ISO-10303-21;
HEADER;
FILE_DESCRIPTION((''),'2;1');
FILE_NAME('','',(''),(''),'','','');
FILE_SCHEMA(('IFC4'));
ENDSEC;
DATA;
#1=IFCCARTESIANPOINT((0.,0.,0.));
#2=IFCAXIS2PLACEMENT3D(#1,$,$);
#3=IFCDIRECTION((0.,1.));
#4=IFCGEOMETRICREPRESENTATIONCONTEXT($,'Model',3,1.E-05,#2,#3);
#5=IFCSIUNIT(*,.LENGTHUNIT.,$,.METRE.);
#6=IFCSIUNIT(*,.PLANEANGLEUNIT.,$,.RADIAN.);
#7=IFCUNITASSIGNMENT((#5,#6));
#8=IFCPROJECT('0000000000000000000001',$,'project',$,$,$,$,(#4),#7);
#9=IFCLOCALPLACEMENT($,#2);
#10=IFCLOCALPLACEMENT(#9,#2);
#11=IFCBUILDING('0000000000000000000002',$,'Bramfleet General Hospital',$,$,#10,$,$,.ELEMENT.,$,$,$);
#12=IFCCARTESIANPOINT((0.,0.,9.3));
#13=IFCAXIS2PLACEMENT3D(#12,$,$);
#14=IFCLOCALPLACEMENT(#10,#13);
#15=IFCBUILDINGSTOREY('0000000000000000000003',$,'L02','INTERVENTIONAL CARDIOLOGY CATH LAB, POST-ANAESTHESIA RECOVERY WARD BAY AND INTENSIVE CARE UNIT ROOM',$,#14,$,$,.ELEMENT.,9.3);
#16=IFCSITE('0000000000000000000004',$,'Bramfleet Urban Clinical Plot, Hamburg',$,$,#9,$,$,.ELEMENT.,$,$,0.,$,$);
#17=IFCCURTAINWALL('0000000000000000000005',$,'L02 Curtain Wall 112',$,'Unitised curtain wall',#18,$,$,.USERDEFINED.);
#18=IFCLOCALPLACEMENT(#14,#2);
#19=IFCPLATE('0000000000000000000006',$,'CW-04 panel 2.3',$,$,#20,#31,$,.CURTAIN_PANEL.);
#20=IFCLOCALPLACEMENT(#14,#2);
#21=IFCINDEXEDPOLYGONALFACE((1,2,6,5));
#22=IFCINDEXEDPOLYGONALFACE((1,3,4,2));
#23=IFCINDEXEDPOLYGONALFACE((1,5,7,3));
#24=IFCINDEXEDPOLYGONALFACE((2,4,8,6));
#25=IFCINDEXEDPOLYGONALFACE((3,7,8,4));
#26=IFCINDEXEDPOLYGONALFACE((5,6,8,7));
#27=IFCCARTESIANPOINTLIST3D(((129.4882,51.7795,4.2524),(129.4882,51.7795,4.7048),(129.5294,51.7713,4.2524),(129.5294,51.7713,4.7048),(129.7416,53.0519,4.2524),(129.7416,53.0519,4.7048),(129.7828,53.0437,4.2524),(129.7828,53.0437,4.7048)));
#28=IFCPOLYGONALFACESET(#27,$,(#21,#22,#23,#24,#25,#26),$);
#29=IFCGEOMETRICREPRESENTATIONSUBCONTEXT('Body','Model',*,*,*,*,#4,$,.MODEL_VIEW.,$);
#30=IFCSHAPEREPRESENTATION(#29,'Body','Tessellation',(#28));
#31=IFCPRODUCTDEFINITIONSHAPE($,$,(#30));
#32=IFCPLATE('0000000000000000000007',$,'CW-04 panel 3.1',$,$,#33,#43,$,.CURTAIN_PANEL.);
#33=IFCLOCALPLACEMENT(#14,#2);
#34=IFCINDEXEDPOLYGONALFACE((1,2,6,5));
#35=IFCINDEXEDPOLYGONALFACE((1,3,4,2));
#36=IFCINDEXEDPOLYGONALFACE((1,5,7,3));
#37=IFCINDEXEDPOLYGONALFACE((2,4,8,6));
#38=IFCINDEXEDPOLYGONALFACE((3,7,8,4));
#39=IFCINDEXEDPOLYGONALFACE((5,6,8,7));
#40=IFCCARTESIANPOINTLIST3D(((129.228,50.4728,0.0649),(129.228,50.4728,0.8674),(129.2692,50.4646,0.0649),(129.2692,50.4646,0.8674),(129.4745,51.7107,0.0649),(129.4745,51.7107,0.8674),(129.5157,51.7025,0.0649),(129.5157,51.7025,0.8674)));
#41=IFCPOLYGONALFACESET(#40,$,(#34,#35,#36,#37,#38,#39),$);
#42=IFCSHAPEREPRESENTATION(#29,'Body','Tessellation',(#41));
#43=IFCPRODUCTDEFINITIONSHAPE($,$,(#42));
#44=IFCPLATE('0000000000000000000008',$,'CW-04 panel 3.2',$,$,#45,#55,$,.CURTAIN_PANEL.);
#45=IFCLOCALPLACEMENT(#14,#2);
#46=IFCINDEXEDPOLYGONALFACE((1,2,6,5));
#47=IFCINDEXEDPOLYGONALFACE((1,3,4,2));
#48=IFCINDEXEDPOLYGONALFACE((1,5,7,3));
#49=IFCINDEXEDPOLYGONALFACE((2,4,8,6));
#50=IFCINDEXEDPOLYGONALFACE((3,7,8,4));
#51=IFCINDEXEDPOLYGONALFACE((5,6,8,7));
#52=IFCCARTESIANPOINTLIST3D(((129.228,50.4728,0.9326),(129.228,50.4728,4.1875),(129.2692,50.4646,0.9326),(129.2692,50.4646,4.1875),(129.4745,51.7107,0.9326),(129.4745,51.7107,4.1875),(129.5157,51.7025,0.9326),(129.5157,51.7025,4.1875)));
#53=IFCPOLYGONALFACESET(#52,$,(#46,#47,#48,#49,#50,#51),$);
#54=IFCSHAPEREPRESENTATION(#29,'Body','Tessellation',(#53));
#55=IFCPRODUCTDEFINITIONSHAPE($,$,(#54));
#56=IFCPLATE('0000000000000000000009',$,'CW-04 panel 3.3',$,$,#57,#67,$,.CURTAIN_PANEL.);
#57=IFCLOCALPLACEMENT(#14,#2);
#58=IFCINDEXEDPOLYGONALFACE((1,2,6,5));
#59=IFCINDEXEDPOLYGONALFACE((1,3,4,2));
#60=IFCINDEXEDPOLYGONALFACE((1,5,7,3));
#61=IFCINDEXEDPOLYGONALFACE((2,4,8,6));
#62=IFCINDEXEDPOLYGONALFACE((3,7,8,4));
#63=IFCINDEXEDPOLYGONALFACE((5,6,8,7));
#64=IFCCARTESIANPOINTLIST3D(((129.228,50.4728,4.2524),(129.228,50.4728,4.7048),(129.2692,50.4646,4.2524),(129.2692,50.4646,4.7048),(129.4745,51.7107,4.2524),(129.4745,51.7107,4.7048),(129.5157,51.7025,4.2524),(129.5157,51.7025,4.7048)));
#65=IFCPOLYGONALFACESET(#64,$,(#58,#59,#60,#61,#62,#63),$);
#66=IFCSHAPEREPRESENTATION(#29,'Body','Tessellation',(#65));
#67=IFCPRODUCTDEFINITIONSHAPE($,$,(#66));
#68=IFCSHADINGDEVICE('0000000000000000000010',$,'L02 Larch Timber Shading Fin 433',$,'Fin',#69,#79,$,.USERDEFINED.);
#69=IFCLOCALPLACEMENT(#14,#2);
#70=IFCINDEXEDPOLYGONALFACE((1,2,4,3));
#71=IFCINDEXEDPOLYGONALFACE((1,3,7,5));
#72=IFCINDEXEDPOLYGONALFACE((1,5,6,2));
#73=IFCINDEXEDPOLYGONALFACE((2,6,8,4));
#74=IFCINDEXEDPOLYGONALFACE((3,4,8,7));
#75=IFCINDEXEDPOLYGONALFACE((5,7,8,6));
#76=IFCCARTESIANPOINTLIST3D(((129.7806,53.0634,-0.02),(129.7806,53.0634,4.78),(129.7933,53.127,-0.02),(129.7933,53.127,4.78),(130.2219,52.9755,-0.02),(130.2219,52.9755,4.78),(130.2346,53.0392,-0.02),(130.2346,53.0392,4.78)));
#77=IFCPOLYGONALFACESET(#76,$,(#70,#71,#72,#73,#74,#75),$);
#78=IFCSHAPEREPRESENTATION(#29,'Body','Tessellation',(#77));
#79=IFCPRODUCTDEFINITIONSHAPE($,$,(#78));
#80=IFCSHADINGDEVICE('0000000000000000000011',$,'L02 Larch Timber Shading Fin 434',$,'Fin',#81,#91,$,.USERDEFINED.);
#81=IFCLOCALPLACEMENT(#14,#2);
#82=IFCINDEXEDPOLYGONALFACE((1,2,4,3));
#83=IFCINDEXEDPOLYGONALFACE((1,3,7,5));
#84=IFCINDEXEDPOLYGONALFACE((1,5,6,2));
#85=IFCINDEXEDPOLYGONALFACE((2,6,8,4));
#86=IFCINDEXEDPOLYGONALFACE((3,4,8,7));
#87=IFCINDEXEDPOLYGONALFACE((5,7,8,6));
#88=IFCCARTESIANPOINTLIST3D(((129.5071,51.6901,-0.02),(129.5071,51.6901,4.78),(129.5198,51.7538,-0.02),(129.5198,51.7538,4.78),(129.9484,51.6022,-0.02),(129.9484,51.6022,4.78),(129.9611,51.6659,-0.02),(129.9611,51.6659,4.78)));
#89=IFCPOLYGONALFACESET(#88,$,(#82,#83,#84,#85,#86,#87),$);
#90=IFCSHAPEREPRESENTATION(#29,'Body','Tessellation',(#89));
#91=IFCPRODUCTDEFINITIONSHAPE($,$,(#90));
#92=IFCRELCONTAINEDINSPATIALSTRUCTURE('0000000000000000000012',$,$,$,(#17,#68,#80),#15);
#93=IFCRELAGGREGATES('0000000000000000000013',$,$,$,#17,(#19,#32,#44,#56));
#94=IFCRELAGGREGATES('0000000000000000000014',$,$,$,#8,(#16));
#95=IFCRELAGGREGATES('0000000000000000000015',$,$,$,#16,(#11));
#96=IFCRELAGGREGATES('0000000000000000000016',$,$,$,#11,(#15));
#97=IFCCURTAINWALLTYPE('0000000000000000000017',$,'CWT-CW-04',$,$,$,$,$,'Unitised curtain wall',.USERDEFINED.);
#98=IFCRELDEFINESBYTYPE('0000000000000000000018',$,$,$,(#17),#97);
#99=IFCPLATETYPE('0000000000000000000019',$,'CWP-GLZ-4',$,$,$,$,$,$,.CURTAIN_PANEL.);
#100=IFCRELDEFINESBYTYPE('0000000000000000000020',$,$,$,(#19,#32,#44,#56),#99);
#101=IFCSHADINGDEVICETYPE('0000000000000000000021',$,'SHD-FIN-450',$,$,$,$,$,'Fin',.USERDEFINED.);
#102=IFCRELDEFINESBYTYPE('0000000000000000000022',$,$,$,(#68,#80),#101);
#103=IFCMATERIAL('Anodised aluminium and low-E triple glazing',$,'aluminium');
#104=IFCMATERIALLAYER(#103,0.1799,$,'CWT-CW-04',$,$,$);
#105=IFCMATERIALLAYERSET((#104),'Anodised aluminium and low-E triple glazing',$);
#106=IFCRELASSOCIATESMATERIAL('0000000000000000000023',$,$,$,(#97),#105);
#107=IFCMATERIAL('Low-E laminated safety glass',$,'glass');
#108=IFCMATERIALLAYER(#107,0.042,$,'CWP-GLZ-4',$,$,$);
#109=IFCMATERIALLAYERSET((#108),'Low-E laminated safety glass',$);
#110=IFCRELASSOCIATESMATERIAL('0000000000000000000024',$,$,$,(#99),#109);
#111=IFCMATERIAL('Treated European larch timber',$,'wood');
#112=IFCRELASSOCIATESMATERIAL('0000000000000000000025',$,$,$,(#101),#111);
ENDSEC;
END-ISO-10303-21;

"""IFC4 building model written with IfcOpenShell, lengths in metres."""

from ifc_helpers import new_model, si_unit, direction, frame, origin, origin_2d, place, context, subcontext, project, spatial, rectangle, extrude, material, layer, layer_set, material_profile, profile_set, type_object, element, aggregate, save


model = new_model("IFC4")

# Units and contexts
model_context = context("Model", 3, precision=1e-05, world=origin(), true_north=direction((0.0, 1.0)))
body_context = subcontext(model_context, "Body", "Model", "MODEL_VIEW")
ifc_project = project(units=[si_unit("LENGTHUNIT", "METRE"), si_unit("PLANEANGLEUNIT", "RADIAN")], contexts=[model_context])

# Site, building, storey
site_placement = place(None, origin())
site = spatial("IfcSite", under=ifc_project, at=site_placement, Name="Bramfleet Urban Clinical Plot, Hamburg", CompositionType="ELEMENT", RefElevation=0.0)
building_placement = place(site_placement, origin())
building = spatial("IfcBuilding", under=site, at=building_placement, Name="Bramfleet General Hospital", CompositionType="ELEMENT")
storey_placement = place(building_placement, frame((0.0, 0.0, 9.3)))
storey = spatial("IfcBuildingStorey", under=building, at=storey_placement, Name="L02", Description="INTERVENTIONAL CARDIOLOGY CATH LAB, POST-ANAESTHESIA RECOVERY WARD BAY AND INTENSIVE CARE UNIT ROOM", CompositionType="ELEMENT", Elevation=9.3)

# Shared definitions
ifc_material_1 = material(Name="Anodised aluminium and low-E triple glazing", Category="aluminium")

# Curtain wall
ifc_layer_1 = layer(ifc_material_1, 0.1799, Name="CWT-CW-04")
ifc_layer_set_1 = layer_set([ifc_layer_1], Name="Anodised aluminium and low-E triple glazing")
curtain_wall_type_1 = type_object("IfcCurtainWallType", Name="CWT-CW-04", ElementType="Unitised curtain wall", PredefinedType="USERDEFINED", material=ifc_layer_set_1)
curtain_wall_1_placement = place(storey_placement, origin())
curtain_wall_1 = element("IfcCurtainWall", 1, at=curtain_wall_1_placement, inside=storey, type_object=curtain_wall_type_1, Name="L02 Curtain Wall 112", ObjectType="Unitised curtain wall", PredefinedType="USERDEFINED")

# Plates
ifc_material_2 = material(Name="Low-E laminated safety glass", Category="glass")
ifc_layer_2 = layer(ifc_material_2, 0.042, Name="CWP-GLZ-4")
ifc_layer_set_2 = layer_set([ifc_layer_2], Name="Low-E laminated safety glass")
plate_type_1 = type_object("IfcPlateType", Name="CWP-GLZ-4", PredefinedType="CURTAIN_PANEL", material=ifc_layer_set_2)
plate_1_placement = place(storey_placement, frame((129.6355, 52.4116, 4.2524), z_axis=(0.0, 0.0, 1.0), x_axis=(-0.195272, -0.980749, 0.0)))
plate_1 = element("IfcPlate", 2, at=plate_1_placement, type_object=plate_type_1, Name="CW-04 panel 2.3", PredefinedType="CURTAIN_PANEL", context=body_context, shape_type="SweptSolid", body=[
    extrude(rectangle(XDim=1.2974, YDim=0.042, at=origin_2d()), origin(), (0.0, 0.0, 1.0), 0.4524),
])
plate_2_placement = place(storey_placement, frame((129.3718, 51.0876, 0.0649), z_axis=(0.0, 0.0, 1.0), x_axis=(-0.195272, -0.980749, 0.0)))
plate_2 = element("IfcPlate", 3, at=plate_2_placement, type_object=plate_type_1, Name="CW-04 panel 3.1", PredefinedType="CURTAIN_PANEL", context=body_context, shape_type="SweptSolid", body=[
    extrude(rectangle(XDim=1.2622, YDim=0.042, at=origin_2d()), origin(), (0.0, 0.0, 1.0), 0.8025),
])
plate_3_placement = place(storey_placement, frame((129.3718, 51.0876, 0.9326), z_axis=(0.0, 0.0, 1.0), x_axis=(-0.195272, -0.980749, 0.0)))
plate_3 = element("IfcPlate", 4, at=plate_3_placement, type_object=plate_type_1, Name="CW-04 panel 3.2", PredefinedType="CURTAIN_PANEL", context=body_context, shape_type="SweptSolid", body=[
    extrude(rectangle(XDim=1.2622, YDim=0.042, at=origin_2d()), origin(), (0.0, 0.0, 1.0), 3.2549),
])
plate_4_placement = place(storey_placement, frame((129.3718, 51.0876, 4.2524), z_axis=(0.0, 0.0, 1.0), x_axis=(-0.195272, -0.980749, 0.0)))
plate_4 = element("IfcPlate", 5, at=plate_4_placement, type_object=plate_type_1, Name="CW-04 panel 3.3", PredefinedType="CURTAIN_PANEL", context=body_context, shape_type="SweptSolid", body=[
    extrude(rectangle(XDim=1.2622, YDim=0.042, at=origin_2d()), origin(), (0.0, 0.0, 1.0), 0.4524),
])
aggregate(curtain_wall_1, [plate_1, plate_2, plate_3, plate_4])

# Shading devices
ifc_material_3 = material(Name="Treated European larch timber", Category="wood")
ifc_material_profile_1 = material_profile(ifc_material_3, rectangle(XDim=0.0649, YDim=0.45, at=origin_2d()), Name="LARCH FIN 450x65")
ifc_profile_set_1 = profile_set([ifc_material_profile_1], Name="Treated European larch timber")
shading_device_type = type_object("IfcShadingDeviceType", Name="SHD-FIN-450", ElementType="Fin", PredefinedType="USERDEFINED", material=ifc_profile_set_1)
for number, where, z_axis, x_axis, name in (
    (6, (130.0076, 53.0513, -0.02), (0.0, 0.0, 1.0), (-0.195272, -0.980749, 0.0), "L02 Larch Timber Shading Fin 433"),
    (7, (129.7341, 51.678, -0.02), (0.0, 0.0, 1.0), (-0.195272, -0.980749, 0.0), "L02 Larch Timber Shading Fin 434"),
):
    element("IfcShadingDevice", number, at=place(storey_placement, frame(where, z_axis=z_axis, x_axis=x_axis)), inside=storey, type_object=shading_device_type, Name=name, ObjectType="Fin", PredefinedType="USERDEFINED", context=body_context, shape_type="SweptSolid", body=[
        extrude(rectangle(XDim=0.0649, YDim=0.45, at=origin_2d()), origin(), (0.0, 0.0, 1.0), 4.8),
    ])

save(model, "model.ifc")
